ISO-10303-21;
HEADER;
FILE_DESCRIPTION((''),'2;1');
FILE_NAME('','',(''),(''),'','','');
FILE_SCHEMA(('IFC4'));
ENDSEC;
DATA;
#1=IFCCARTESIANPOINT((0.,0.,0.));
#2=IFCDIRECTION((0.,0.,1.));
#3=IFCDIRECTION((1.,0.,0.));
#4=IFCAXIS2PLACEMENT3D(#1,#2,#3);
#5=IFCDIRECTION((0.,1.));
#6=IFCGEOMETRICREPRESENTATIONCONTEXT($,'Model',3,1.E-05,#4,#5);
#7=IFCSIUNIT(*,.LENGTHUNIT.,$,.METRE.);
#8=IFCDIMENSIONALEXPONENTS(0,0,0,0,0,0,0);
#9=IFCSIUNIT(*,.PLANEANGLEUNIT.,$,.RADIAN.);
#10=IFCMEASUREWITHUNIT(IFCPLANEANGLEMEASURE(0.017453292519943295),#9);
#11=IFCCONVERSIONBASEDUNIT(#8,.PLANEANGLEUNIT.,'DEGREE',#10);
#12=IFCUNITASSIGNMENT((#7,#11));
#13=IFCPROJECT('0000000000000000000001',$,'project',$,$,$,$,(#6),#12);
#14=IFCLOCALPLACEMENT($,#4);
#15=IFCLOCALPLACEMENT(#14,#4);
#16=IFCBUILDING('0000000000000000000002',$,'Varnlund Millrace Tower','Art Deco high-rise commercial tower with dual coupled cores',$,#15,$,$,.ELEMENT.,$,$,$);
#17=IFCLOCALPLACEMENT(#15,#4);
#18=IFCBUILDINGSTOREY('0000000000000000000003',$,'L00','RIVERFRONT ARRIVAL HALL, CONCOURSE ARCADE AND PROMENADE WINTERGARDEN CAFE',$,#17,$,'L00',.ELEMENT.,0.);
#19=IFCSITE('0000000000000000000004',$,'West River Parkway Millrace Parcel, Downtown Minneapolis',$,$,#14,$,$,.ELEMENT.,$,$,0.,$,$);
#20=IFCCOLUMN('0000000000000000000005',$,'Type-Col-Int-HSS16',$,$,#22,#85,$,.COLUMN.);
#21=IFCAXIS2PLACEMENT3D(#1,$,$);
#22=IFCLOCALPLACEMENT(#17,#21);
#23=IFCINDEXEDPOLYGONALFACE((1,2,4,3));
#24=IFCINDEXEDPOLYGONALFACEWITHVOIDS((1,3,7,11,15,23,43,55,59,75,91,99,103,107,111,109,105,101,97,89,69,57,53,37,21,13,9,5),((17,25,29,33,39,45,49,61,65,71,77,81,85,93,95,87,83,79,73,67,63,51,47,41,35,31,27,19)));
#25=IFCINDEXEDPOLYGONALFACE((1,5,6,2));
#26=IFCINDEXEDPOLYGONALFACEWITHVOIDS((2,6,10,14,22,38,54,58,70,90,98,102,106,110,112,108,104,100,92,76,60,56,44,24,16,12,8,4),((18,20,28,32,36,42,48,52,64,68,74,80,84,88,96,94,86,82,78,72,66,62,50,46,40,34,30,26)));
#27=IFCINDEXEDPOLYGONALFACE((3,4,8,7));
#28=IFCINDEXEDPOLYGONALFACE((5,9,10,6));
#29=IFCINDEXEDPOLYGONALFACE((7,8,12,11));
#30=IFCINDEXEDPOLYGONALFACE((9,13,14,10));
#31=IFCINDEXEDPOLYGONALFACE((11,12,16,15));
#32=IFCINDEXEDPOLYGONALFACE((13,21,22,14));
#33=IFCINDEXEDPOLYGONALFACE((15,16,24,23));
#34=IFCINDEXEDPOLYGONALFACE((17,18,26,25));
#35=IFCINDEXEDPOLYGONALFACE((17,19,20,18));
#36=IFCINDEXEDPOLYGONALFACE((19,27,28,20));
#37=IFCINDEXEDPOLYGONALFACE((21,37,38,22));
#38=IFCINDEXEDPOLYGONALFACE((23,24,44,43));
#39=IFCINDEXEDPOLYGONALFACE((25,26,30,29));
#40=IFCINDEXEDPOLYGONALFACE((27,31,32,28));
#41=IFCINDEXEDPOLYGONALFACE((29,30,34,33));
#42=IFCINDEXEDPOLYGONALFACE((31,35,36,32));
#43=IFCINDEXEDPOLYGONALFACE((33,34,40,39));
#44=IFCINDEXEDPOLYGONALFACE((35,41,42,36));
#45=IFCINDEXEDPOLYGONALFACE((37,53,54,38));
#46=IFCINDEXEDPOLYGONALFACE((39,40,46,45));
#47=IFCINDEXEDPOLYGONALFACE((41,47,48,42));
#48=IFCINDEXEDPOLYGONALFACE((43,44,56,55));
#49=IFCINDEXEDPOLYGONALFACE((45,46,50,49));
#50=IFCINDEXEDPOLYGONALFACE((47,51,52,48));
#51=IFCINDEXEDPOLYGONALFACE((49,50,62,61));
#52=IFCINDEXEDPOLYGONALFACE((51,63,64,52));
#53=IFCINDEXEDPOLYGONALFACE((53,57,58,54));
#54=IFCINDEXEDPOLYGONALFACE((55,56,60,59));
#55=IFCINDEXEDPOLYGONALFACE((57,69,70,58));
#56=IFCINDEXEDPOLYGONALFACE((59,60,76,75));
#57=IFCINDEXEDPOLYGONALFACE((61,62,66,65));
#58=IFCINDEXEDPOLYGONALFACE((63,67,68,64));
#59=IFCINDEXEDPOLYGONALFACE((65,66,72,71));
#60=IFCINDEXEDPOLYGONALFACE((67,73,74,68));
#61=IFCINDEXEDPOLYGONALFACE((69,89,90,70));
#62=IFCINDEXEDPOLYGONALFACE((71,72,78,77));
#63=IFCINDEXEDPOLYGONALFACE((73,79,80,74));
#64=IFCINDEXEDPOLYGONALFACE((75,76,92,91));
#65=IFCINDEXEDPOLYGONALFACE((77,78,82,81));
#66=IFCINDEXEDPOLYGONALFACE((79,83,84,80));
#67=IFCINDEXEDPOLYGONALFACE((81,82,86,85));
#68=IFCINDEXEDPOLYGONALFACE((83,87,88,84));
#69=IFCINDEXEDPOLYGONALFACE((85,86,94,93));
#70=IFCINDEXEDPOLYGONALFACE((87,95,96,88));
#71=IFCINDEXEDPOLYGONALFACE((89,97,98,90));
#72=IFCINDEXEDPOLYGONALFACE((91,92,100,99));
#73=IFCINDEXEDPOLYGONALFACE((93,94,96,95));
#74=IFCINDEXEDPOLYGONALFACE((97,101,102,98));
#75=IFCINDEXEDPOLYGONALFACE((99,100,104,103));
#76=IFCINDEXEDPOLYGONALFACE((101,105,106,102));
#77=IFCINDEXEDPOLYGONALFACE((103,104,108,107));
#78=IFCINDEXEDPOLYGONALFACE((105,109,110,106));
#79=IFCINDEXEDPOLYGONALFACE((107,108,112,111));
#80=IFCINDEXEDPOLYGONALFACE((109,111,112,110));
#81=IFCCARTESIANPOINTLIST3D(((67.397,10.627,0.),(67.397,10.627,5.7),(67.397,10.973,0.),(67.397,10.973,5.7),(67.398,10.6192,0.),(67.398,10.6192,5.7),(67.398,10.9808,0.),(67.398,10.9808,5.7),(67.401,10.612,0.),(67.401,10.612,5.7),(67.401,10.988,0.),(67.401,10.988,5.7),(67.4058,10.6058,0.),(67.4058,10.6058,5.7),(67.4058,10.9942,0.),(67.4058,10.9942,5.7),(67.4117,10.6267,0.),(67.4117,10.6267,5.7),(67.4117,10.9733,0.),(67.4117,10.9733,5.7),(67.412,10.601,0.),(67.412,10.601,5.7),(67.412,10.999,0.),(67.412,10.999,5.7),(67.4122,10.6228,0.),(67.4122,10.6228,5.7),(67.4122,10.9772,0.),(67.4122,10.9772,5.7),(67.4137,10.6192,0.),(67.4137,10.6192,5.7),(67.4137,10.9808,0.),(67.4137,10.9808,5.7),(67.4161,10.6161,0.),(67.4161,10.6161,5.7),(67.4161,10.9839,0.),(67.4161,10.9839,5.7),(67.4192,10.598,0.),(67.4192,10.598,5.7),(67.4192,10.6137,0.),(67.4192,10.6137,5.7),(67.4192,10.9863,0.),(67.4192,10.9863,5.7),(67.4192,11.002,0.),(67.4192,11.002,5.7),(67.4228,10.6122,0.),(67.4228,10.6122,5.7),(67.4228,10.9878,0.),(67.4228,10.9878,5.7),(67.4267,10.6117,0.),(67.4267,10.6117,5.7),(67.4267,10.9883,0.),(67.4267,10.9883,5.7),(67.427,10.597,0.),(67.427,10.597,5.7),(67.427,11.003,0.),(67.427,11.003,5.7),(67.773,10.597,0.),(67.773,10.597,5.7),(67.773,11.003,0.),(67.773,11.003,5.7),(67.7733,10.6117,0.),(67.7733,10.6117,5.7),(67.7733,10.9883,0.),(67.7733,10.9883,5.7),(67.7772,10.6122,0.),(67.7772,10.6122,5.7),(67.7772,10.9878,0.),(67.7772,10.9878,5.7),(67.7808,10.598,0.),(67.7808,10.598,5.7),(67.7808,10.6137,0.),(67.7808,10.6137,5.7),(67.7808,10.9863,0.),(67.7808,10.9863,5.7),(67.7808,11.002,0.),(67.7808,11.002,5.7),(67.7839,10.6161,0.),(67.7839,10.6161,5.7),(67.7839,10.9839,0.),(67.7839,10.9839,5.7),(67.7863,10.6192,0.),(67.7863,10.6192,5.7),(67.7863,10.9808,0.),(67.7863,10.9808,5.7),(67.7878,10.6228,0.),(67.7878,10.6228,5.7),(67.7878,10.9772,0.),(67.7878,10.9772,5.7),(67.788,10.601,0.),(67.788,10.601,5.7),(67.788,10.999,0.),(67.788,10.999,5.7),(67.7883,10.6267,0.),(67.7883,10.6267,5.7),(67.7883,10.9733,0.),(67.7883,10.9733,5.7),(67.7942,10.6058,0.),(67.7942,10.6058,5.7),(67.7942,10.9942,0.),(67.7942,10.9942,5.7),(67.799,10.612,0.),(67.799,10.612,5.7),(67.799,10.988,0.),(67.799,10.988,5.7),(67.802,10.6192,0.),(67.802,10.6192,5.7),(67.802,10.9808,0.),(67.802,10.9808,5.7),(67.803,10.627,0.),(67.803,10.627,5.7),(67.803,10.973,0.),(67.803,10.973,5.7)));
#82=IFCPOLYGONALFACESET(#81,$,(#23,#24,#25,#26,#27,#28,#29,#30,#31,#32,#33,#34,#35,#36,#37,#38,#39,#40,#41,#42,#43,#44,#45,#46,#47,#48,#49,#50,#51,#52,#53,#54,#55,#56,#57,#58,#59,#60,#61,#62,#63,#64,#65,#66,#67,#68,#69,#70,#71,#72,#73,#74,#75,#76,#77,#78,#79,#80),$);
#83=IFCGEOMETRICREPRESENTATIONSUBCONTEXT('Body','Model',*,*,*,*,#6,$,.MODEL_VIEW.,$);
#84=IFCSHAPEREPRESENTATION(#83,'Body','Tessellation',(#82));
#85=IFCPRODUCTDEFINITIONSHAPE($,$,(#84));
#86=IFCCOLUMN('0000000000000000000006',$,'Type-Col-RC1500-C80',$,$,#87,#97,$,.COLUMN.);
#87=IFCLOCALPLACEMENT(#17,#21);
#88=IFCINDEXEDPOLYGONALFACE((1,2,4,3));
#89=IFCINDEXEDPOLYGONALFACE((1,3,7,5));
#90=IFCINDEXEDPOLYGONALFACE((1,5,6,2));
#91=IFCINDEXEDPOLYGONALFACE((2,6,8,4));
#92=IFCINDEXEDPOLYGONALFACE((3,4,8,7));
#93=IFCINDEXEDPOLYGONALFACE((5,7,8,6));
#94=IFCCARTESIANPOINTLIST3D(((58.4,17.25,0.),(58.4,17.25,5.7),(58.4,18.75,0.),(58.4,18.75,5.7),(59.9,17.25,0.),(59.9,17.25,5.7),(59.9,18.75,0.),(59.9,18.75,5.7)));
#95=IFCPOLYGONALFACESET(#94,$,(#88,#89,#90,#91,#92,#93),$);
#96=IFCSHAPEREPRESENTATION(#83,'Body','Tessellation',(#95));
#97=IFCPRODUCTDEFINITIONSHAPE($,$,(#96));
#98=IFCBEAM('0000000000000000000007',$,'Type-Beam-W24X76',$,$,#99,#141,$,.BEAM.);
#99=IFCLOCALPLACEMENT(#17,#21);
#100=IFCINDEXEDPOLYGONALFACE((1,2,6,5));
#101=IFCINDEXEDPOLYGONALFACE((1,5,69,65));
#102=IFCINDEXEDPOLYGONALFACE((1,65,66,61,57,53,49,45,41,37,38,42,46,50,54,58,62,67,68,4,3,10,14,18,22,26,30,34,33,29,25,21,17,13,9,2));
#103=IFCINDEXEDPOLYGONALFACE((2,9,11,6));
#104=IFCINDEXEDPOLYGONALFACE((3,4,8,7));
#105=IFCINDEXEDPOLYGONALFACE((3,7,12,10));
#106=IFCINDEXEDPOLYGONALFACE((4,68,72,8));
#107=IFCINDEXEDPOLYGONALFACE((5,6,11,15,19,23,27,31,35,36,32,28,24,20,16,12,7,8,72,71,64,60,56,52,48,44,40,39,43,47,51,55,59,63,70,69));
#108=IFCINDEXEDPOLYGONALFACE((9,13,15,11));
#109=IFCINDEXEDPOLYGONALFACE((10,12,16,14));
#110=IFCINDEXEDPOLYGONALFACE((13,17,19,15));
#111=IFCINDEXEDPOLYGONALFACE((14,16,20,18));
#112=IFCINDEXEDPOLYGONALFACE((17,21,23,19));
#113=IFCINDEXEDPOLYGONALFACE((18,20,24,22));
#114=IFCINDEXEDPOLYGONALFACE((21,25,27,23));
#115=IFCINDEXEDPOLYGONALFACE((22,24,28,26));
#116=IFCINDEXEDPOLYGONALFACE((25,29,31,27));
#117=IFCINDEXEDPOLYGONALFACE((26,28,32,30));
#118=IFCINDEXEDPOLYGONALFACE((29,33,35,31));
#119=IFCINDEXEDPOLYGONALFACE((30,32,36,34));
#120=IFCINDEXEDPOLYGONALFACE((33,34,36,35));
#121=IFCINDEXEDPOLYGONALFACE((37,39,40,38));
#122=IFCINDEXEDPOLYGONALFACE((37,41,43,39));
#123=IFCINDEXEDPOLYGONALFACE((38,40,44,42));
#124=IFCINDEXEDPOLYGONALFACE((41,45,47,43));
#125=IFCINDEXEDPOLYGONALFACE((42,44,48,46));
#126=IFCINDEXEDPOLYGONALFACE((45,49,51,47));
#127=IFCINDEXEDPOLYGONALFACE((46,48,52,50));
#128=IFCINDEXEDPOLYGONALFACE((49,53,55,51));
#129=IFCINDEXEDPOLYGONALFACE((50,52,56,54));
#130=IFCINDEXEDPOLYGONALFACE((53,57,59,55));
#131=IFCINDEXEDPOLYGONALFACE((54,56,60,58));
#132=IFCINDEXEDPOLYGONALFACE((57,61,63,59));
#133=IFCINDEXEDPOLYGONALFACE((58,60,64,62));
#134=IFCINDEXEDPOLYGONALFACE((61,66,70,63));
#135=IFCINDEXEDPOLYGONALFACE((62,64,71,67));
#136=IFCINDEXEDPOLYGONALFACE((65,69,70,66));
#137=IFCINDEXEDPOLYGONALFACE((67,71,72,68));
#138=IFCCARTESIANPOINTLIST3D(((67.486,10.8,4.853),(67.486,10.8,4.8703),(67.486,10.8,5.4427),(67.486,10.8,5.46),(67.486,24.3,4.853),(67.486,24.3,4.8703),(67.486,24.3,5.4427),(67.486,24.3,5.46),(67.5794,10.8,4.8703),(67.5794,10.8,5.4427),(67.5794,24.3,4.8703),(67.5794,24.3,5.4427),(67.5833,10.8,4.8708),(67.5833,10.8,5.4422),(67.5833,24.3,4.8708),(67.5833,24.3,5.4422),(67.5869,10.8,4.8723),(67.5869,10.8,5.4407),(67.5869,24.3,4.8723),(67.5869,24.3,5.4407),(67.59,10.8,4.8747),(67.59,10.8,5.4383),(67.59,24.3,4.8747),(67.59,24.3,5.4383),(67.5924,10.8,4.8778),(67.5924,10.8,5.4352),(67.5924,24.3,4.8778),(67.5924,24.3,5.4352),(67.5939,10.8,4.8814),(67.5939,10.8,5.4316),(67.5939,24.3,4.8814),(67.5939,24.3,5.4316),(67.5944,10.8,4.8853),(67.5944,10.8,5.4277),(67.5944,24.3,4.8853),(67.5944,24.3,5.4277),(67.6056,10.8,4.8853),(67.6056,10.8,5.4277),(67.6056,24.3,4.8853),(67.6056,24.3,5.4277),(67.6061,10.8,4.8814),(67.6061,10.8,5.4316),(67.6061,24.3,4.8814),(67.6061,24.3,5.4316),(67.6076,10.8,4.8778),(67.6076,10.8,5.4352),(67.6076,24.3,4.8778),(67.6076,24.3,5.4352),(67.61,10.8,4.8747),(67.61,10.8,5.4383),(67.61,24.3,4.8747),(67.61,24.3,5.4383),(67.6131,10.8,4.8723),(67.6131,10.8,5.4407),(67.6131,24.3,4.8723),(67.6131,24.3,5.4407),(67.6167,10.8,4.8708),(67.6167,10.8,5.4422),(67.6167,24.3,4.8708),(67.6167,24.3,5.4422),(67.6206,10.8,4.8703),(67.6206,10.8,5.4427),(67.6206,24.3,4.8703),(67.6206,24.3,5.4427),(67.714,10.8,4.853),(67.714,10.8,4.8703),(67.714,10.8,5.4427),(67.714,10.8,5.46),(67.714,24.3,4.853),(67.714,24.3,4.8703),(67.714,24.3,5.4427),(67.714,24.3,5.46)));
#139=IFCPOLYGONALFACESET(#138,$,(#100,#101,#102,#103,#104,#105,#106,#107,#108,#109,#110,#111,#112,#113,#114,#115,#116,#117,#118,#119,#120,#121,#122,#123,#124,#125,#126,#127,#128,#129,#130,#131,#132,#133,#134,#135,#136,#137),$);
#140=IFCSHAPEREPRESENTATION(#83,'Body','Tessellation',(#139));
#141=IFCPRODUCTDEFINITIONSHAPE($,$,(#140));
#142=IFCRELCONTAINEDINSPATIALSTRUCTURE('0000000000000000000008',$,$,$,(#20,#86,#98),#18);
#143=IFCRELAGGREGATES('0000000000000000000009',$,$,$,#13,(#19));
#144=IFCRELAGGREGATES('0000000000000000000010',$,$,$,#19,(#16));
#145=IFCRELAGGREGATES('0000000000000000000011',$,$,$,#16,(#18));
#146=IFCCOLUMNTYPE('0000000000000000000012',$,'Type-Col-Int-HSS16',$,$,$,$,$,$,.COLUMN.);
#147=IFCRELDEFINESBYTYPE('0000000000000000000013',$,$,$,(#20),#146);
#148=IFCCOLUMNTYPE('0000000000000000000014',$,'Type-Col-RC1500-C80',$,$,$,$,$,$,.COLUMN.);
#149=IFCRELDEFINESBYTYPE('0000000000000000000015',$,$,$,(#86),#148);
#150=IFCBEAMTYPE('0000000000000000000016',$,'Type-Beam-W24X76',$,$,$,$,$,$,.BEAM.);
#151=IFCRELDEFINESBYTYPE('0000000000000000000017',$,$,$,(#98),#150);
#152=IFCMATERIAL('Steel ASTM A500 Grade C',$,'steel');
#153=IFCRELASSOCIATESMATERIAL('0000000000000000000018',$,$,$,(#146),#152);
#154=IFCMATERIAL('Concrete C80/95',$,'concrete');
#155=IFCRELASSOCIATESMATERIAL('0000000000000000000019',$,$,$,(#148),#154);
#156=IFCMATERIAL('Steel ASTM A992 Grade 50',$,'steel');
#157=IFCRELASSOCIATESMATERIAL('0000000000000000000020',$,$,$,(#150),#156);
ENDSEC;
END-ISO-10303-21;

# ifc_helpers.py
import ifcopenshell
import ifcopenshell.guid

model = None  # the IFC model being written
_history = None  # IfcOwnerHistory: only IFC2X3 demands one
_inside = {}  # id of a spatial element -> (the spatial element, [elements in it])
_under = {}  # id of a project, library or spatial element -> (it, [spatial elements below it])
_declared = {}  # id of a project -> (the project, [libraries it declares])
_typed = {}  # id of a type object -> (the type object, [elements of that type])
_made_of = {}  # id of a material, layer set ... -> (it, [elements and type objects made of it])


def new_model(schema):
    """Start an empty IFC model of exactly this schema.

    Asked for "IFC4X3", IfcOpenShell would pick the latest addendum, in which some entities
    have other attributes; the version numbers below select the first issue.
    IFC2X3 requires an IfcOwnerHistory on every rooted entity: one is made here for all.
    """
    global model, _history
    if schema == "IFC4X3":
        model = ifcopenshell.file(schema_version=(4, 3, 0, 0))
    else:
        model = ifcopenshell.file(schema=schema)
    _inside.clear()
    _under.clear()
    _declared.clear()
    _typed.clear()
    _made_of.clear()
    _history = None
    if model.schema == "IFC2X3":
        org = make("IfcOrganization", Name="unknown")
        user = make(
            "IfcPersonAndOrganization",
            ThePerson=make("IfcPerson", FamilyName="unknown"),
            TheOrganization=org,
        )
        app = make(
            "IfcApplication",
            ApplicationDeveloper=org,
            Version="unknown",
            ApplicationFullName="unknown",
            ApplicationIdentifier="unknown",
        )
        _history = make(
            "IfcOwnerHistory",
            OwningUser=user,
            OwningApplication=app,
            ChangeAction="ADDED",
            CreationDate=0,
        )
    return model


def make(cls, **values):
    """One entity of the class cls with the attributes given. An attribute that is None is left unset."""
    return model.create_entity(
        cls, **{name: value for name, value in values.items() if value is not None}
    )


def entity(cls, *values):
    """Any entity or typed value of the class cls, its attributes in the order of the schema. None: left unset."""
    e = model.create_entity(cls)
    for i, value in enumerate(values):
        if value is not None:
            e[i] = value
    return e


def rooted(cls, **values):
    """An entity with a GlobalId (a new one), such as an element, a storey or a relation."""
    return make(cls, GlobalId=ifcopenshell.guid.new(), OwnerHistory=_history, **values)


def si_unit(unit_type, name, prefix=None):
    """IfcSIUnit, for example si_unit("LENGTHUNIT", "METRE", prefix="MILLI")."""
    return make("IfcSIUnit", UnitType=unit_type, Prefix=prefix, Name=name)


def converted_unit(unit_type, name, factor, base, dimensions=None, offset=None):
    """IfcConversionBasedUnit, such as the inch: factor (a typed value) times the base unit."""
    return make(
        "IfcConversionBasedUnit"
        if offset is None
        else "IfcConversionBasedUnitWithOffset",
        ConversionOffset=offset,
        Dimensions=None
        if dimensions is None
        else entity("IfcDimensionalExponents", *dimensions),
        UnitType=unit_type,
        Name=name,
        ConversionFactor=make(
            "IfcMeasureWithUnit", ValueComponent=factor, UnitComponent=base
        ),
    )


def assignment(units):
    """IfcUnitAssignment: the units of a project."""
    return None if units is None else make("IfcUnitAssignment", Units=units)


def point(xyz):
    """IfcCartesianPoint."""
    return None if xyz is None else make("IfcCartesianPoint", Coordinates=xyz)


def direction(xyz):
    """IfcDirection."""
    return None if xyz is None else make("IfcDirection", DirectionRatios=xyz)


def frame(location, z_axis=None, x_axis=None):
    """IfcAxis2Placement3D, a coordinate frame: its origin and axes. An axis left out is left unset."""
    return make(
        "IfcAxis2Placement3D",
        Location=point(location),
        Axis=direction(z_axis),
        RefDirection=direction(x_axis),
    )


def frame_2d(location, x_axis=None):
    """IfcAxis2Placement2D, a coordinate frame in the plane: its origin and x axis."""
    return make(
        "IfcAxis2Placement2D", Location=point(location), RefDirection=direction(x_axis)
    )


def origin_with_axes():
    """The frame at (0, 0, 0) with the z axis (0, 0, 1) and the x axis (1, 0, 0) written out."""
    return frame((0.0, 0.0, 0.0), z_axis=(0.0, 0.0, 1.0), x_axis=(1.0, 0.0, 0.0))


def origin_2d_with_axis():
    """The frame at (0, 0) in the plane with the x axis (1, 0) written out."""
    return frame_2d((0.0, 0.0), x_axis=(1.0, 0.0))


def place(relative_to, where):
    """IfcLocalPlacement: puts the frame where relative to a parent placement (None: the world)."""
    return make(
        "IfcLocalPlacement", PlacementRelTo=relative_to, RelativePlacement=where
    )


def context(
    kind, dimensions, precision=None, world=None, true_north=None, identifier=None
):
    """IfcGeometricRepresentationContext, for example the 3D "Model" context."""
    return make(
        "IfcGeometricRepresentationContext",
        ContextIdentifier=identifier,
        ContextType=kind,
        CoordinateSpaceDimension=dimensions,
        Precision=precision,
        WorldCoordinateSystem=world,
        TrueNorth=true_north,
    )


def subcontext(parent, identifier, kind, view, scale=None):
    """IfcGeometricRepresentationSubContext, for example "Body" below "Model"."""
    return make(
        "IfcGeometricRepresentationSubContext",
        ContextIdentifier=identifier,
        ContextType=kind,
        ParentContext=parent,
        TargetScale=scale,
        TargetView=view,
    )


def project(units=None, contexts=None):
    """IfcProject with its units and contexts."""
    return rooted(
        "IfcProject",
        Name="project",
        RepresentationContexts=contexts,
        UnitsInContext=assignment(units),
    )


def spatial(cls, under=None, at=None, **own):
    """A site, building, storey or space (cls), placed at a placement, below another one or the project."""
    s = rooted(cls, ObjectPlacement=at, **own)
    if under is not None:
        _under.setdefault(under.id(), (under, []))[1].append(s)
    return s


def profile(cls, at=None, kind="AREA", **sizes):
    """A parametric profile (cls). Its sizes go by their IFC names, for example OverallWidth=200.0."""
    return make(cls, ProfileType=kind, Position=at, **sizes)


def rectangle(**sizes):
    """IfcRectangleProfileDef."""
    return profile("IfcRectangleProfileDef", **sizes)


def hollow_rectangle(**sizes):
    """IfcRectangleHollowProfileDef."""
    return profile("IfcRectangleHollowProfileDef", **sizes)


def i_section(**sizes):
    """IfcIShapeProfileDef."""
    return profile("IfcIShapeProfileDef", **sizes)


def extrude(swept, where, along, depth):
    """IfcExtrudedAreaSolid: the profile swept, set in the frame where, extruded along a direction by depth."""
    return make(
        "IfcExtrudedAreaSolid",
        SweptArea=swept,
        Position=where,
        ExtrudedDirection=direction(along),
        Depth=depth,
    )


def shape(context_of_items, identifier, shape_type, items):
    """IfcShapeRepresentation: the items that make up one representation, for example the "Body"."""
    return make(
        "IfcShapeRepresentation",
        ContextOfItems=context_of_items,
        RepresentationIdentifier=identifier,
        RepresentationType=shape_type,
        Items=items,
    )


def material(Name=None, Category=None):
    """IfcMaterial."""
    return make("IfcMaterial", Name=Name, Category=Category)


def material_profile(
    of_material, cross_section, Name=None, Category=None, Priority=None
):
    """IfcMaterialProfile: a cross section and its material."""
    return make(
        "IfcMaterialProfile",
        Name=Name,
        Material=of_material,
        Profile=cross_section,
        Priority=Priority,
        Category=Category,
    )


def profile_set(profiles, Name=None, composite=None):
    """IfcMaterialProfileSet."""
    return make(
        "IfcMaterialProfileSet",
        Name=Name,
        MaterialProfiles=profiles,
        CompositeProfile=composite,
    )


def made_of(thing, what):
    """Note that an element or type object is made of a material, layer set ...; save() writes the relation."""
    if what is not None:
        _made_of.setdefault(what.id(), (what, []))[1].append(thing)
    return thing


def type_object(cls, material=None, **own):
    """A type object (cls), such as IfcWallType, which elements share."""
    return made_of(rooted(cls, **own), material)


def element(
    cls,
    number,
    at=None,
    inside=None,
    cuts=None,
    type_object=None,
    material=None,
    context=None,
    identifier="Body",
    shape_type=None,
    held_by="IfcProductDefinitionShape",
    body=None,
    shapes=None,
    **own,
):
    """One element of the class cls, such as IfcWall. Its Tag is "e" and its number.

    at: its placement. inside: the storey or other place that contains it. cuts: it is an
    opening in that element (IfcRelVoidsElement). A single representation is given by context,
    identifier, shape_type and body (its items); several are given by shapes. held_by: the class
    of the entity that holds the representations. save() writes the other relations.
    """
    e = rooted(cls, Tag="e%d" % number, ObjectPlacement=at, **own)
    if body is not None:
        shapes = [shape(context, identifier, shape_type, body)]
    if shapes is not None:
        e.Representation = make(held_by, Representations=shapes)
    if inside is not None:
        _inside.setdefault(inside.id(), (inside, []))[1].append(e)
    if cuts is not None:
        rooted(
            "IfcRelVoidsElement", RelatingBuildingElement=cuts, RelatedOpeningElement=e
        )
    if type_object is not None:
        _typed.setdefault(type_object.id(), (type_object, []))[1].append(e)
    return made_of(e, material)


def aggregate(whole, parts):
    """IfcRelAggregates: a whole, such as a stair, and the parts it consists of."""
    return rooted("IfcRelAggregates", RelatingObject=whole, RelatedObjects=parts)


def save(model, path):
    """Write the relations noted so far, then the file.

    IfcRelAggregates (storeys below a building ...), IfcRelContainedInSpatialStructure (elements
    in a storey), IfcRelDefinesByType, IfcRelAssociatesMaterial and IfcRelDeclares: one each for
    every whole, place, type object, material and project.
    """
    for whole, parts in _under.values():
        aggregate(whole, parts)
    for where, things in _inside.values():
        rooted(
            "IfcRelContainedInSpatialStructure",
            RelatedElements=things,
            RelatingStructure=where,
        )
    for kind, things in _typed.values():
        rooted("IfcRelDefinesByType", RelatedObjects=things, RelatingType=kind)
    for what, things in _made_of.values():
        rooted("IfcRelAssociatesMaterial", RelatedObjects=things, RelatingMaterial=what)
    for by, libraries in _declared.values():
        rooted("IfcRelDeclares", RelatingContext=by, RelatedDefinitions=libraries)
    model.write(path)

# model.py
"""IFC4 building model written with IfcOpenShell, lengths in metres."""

from ifc_helpers import new_model, entity, si_unit, converted_unit, direction, frame, origin_with_axes, origin_2d_with_axis, place, context, subcontext, project, spatial, rectangle, hollow_rectangle, i_section, extrude, material, material_profile, profile_set, type_object, element, save


model = new_model("IFC4")

# Units and contexts
model_context = context("Model", 3, precision=1e-05, world=origin_with_axes(), true_north=direction((0.0, 1.0)))
body_context = subcontext(model_context, "Body", "Model", "MODEL_VIEW")
ifc_project = project(units=[si_unit("LENGTHUNIT", "METRE"), converted_unit("PLANEANGLEUNIT", "DEGREE", entity("IfcPlaneAngleMeasure", 0.017453292519943295), si_unit("PLANEANGLEUNIT", "RADIAN"), dimensions=[0, 0, 0, 0, 0, 0, 0])], contexts=[model_context])

# Site, building, storey
site_placement = place(None, origin_with_axes())
site = spatial("IfcSite", under=ifc_project, at=site_placement, Name="West River Parkway Millrace Parcel, Downtown Minneapolis", CompositionType="ELEMENT", RefElevation=0.0)
building_placement = place(site_placement, origin_with_axes())
building = spatial("IfcBuilding", under=site, at=building_placement, Name="Varnlund Millrace Tower", Description="Art Deco high-rise commercial tower with dual coupled cores", CompositionType="ELEMENT")
storey_placement = place(building_placement, origin_with_axes())
storey = spatial("IfcBuildingStorey", under=building, at=storey_placement, Name="L00", Description="RIVERFRONT ARRIVAL HALL, CONCOURSE ARCADE AND PROMENADE WINTERGARDEN CAFE", LongName="L00", CompositionType="ELEMENT", Elevation=0.0)

# Columns
ifc_material_1 = material(Name="Steel ASTM A500 Grade C", Category="steel")
ifc_material_profile_1 = material_profile(ifc_material_1, hollow_rectangle(XDim=0.406, YDim=0.406, WallThickness=0.0147, InnerFilletRadius=0.015, OuterFilletRadius=0.03, at=origin_2d_with_axis()), Name="Steel ASTM A500 Grade C")
ifc_profile_set_1 = profile_set([ifc_material_profile_1], Name="Steel ASTM A500 Grade C")
column_type_1 = type_object("IfcColumnType", Name="Type-Col-Int-HSS16", PredefinedType="COLUMN", material=ifc_profile_set_1)
column_1_placement = place(storey_placement, frame((67.6, 10.8, 0.0), z_axis=(0.0, 0.0, 1.0), x_axis=(1.0, 0.0, 0.0)))
element("IfcColumn", 1, at=column_1_placement, inside=storey, type_object=column_type_1, Name="Type-Col-Int-HSS16", PredefinedType="COLUMN", context=body_context, shape_type="SweptSolid", body=[
    extrude(hollow_rectangle(XDim=0.406, YDim=0.406, WallThickness=0.0147, InnerFilletRadius=0.015, OuterFilletRadius=0.03, at=origin_2d_with_axis()), origin_with_axes(), (0.0, 0.0, 1.0), 5.7),
])
ifc_material_2 = material(Name="Concrete C80/95", Category="concrete")
ifc_material_profile_2 = material_profile(ifc_material_2, rectangle(XDim=1.5, YDim=1.5, at=origin_2d_with_axis()), Name="Concrete C80/95")
ifc_profile_set_2 = profile_set([ifc_material_profile_2], Name="Concrete C80/95")
column_type_2 = type_object("IfcColumnType", Name="Type-Col-RC1500-C80", PredefinedType="COLUMN", material=ifc_profile_set_2)
column_2_placement = place(storey_placement, frame((59.15, 18.0, 0.0), z_axis=(0.0, 0.0, 1.0), x_axis=(1.0, 0.0, 0.0)))
element("IfcColumn", 2, at=column_2_placement, inside=storey, type_object=column_type_2, Name="Type-Col-RC1500-C80", PredefinedType="COLUMN", context=body_context, shape_type="SweptSolid", body=[
    extrude(rectangle(XDim=1.5, YDim=1.5, at=origin_2d_with_axis()), origin_with_axes(), (0.0, 0.0, 1.0), 5.7),
])

# Beam
ifc_material_3 = material(Name="Steel ASTM A992 Grade 50", Category="steel")
ifc_material_profile_3 = material_profile(ifc_material_3, i_section(OverallWidth=0.228, OverallDepth=0.607, WebThickness=0.0112, FlangeThickness=0.0173, FilletRadius=0.015, at=origin_2d_with_axis()), Name="Steel ASTM A992 Grade 50")
ifc_profile_set_3 = profile_set([ifc_material_profile_3], Name="Steel ASTM A992 Grade 50")
beam_type_1 = type_object("IfcBeamType", Name="Type-Beam-W24X76", PredefinedType="BEAM", material=ifc_profile_set_3)
beam_1_placement = place(storey_placement, frame((67.6, 10.8, 5.1565), z_axis=(0.0, 1.0, 0.0), x_axis=(-1.0, 0.0, 0.0)))
element("IfcBeam", 3, at=beam_1_placement, inside=storey, type_object=beam_type_1, Name="Type-Beam-W24X76", PredefinedType="BEAM", context=body_context, shape_type="SweptSolid", body=[
    extrude(i_section(OverallWidth=0.228, OverallDepth=0.607, WebThickness=0.0112, FlangeThickness=0.0173, FilletRadius=0.015, at=origin_2d_with_axis()), origin_with_axes(), (0.0, 0.0, 1.0), 13.5),
])

save(model, "model.ifc")
